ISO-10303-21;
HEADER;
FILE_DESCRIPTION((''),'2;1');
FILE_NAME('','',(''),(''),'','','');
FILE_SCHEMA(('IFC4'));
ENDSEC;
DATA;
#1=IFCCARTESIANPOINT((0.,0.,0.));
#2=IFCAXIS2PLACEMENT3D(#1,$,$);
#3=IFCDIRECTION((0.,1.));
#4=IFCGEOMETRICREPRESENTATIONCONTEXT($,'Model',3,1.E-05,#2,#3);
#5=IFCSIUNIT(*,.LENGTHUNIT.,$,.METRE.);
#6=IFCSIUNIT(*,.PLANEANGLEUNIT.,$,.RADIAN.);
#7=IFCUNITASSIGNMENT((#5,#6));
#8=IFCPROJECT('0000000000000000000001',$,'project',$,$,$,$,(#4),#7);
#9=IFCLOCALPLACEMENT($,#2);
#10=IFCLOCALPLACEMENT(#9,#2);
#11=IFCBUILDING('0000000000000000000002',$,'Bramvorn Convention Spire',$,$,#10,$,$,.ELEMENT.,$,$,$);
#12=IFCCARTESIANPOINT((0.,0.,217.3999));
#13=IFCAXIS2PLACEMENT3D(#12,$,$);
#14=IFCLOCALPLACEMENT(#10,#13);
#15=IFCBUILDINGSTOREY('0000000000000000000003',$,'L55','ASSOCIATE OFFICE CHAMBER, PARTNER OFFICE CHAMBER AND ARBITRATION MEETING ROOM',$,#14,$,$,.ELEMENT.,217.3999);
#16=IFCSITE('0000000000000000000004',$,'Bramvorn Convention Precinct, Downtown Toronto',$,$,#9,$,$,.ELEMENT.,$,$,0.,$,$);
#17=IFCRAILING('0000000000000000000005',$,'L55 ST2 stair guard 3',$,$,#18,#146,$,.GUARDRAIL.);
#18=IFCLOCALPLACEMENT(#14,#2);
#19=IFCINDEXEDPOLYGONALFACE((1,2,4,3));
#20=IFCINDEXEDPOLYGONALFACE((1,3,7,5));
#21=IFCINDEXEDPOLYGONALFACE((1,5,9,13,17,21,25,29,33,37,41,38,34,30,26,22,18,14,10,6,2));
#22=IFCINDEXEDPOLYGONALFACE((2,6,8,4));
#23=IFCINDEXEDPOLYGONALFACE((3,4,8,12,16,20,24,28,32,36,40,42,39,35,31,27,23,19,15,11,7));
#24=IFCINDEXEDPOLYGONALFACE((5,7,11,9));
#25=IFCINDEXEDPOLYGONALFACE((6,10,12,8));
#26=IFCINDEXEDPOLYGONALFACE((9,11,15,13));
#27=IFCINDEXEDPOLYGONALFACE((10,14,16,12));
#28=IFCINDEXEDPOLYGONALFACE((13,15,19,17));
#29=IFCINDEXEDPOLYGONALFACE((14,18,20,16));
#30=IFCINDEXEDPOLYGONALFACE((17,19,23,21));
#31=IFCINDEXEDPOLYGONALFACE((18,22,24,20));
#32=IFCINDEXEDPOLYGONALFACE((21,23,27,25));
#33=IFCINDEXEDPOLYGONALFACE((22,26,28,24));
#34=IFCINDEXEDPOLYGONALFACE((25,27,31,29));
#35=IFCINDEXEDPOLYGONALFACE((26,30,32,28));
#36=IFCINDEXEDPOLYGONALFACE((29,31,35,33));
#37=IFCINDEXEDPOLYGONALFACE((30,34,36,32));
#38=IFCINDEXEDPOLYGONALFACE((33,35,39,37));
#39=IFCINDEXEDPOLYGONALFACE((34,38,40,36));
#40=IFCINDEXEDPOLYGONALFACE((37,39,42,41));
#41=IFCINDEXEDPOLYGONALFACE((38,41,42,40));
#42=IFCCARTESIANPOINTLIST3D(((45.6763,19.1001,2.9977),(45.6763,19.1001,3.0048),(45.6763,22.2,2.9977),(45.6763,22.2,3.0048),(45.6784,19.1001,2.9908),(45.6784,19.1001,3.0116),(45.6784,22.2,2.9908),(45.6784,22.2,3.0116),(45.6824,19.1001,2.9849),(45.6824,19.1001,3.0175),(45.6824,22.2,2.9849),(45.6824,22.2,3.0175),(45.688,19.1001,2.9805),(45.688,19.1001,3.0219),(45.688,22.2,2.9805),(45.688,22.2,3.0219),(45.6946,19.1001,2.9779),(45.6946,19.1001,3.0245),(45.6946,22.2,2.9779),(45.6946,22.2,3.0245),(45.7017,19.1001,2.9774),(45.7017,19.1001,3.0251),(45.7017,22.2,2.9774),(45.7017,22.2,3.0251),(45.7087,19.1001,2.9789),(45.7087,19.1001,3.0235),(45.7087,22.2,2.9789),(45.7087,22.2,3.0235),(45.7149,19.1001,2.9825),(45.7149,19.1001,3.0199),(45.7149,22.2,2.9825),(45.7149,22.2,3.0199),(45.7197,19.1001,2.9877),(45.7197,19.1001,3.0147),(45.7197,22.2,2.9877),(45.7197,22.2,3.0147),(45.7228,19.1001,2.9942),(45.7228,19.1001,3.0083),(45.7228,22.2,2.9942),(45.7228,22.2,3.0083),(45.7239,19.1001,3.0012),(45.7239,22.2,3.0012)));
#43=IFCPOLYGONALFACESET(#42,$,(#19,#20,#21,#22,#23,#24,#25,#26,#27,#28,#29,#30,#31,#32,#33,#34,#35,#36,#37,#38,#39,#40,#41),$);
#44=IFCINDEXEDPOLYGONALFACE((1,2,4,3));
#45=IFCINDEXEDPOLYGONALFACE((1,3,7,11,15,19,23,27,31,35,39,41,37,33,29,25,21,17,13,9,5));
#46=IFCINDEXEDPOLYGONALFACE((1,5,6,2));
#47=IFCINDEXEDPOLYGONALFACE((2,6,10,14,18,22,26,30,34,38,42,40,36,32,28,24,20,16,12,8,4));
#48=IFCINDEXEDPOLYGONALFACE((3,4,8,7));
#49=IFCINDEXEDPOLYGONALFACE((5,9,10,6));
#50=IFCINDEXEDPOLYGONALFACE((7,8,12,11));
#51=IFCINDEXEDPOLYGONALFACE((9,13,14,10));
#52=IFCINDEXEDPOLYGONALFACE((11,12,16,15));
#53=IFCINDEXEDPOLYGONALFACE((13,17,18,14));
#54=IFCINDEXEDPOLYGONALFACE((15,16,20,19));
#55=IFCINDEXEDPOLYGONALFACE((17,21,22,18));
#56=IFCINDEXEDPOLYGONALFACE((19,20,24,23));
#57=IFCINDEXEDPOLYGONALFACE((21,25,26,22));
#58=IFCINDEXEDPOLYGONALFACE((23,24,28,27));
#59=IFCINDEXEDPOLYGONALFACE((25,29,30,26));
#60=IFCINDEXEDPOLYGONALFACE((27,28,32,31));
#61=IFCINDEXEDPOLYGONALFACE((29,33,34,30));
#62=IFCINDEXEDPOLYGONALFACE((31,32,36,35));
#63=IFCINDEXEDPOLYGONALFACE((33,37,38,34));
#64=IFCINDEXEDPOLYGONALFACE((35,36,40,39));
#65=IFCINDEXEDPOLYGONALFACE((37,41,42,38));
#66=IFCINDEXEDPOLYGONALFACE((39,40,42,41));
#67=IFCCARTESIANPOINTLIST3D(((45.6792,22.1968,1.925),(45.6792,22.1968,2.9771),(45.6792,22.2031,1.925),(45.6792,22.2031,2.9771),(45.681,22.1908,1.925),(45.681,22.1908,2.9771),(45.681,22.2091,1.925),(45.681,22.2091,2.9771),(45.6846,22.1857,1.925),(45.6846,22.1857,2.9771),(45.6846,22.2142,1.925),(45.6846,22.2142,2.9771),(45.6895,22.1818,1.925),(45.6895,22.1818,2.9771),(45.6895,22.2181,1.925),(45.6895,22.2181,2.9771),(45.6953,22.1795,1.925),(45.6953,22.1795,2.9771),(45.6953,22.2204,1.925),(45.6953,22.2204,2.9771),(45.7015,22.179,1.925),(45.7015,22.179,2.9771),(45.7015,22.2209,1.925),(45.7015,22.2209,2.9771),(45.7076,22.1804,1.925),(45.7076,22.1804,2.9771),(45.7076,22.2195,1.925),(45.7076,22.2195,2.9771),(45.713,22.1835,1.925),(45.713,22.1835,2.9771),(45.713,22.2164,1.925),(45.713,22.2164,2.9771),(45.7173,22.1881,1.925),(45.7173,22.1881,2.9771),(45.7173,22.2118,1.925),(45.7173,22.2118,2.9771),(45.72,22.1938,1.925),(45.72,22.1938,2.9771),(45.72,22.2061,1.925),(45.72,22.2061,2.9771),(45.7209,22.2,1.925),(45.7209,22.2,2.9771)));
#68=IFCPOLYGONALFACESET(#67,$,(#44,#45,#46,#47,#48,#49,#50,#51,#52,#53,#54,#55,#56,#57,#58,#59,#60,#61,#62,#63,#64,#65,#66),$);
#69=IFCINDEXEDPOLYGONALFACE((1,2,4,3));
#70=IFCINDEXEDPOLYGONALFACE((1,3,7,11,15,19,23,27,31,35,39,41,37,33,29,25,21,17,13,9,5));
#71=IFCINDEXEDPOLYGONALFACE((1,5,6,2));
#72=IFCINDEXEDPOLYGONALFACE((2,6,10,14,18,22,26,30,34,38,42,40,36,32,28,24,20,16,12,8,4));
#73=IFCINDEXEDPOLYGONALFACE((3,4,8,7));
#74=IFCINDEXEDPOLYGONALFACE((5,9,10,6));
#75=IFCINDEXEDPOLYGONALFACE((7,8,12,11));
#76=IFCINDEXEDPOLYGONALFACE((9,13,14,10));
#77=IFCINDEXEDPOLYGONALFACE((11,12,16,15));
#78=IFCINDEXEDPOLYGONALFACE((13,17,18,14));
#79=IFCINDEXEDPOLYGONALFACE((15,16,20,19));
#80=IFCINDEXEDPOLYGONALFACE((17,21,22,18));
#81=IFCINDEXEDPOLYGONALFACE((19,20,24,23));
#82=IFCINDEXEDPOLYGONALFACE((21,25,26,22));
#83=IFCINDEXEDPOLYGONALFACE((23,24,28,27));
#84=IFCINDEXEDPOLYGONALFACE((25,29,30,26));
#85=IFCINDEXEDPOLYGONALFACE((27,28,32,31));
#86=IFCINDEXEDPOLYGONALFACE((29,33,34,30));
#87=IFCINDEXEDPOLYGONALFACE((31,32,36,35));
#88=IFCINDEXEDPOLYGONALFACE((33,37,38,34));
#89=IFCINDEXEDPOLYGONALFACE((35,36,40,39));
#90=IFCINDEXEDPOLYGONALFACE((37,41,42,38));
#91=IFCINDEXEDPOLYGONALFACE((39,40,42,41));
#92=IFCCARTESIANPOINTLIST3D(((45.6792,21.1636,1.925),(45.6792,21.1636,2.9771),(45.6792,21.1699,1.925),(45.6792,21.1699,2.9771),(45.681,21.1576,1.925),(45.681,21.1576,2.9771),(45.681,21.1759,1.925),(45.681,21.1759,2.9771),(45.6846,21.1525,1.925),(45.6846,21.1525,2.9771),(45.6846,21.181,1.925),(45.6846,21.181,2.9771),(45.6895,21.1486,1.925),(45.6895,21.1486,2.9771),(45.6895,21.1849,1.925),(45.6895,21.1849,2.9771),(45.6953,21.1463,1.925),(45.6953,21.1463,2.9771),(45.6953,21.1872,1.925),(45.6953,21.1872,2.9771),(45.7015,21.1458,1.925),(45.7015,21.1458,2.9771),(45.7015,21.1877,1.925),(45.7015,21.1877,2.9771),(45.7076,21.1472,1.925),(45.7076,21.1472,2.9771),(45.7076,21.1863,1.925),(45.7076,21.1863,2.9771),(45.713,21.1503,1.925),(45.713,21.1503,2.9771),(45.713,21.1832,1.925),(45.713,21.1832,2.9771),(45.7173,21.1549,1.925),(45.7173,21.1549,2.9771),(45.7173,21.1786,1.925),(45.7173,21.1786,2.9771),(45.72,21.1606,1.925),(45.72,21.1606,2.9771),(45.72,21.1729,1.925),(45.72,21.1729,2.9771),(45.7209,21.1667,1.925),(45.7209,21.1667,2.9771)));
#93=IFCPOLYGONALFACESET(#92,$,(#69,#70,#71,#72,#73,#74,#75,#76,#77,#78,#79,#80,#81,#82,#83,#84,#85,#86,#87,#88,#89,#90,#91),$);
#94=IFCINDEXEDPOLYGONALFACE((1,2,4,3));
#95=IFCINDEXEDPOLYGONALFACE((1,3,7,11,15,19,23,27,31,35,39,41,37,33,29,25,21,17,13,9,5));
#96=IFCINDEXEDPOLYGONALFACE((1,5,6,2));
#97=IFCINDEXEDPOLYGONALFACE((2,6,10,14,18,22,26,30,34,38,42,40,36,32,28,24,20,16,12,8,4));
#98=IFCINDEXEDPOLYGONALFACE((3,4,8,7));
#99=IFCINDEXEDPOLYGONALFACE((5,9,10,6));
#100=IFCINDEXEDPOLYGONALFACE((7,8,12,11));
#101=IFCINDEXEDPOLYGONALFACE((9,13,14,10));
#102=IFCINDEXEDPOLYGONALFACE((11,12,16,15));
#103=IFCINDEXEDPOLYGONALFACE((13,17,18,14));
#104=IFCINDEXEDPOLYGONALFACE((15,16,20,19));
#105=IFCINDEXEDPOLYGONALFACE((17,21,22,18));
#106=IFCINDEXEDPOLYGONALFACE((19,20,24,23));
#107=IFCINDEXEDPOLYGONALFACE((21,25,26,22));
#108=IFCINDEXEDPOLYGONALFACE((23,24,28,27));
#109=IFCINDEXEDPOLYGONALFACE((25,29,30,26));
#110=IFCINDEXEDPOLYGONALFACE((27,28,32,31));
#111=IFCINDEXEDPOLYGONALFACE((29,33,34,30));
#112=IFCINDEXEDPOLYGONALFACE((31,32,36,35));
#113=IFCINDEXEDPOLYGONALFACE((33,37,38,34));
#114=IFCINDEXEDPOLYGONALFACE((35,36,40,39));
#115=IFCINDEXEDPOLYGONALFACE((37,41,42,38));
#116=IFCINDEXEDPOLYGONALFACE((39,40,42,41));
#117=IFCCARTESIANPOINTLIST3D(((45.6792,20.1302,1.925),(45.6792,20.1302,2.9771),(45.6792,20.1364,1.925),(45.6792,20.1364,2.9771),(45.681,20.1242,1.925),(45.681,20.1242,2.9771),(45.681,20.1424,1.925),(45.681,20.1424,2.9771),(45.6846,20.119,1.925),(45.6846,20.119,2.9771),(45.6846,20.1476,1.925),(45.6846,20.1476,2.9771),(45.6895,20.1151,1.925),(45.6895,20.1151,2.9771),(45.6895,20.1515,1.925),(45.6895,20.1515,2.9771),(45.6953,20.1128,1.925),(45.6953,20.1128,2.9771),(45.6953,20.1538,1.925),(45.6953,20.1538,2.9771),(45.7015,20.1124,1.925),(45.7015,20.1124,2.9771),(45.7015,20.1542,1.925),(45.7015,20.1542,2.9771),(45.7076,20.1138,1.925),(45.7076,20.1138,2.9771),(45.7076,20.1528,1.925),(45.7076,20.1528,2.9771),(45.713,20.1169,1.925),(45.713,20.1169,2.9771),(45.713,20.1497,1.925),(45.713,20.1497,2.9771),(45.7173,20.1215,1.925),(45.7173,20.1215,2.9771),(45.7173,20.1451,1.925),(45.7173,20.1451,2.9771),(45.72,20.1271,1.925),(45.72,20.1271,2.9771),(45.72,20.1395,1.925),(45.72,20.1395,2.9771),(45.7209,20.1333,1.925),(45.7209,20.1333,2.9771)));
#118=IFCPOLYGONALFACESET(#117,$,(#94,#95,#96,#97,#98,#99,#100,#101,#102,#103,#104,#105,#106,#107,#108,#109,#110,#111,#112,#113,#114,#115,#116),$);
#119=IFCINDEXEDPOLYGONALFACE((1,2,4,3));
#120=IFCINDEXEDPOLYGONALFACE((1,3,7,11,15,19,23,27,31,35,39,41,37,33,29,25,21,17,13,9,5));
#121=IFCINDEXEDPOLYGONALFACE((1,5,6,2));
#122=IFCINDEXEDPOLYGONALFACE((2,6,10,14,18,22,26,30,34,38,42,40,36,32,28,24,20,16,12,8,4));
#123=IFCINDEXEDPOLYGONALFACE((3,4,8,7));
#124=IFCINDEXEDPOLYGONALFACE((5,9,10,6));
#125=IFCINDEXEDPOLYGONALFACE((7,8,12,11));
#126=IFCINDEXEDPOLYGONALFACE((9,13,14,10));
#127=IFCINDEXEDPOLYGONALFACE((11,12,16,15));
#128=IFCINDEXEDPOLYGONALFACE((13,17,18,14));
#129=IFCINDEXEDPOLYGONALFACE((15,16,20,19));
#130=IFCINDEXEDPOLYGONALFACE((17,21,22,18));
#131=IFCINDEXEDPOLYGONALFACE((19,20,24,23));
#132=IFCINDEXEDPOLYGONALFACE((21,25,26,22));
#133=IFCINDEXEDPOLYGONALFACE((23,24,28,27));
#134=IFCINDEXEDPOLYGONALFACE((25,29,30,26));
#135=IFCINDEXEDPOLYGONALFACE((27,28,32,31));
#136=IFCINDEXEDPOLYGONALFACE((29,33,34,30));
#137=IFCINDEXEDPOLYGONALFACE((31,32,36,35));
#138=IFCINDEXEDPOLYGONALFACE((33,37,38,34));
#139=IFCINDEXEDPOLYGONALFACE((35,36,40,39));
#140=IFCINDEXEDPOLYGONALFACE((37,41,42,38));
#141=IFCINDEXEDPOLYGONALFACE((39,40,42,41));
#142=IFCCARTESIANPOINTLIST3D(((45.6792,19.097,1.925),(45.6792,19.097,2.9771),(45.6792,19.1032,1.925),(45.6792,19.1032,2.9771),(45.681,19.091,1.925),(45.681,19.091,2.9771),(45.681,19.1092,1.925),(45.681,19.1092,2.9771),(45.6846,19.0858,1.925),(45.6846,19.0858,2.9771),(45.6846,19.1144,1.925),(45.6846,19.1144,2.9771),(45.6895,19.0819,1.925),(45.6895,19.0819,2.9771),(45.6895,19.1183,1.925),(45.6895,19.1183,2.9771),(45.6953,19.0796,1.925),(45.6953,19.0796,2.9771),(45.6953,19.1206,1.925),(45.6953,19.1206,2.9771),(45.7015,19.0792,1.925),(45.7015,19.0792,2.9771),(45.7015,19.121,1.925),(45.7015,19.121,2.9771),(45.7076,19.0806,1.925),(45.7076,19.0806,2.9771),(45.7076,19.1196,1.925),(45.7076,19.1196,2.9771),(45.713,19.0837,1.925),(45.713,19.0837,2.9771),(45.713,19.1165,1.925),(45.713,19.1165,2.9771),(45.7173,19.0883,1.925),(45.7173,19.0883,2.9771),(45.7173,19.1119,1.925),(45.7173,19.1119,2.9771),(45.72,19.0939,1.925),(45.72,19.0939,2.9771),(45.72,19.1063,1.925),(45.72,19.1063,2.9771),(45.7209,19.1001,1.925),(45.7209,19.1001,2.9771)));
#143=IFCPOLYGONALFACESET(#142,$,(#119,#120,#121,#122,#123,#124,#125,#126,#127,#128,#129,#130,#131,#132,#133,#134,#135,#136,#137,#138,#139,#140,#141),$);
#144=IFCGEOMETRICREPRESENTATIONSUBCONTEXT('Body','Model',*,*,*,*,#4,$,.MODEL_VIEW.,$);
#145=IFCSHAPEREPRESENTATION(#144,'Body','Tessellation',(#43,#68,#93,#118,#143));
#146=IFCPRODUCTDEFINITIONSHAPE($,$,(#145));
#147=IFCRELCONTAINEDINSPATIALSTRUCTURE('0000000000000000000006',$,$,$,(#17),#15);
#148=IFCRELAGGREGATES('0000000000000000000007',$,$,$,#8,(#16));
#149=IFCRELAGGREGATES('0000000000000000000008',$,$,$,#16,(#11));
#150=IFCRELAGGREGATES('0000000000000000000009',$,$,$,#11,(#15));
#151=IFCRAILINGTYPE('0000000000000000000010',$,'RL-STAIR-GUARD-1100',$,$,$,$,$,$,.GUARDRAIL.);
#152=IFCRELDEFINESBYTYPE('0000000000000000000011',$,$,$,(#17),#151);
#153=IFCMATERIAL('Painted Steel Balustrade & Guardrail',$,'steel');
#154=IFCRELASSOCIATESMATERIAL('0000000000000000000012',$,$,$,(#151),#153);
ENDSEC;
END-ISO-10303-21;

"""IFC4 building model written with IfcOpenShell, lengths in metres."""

from ifc_helpers import new_model, si_unit, direction, frame, origin, origin_2d, place, context, subcontext, project, spatial, circle, extrude, material, type_object, element, save


model = new_model("IFC4")

# Units and contexts
model_context = context("Model", 3, precision=1e-05, world=origin(), true_north=direction((0.0, 1.0)))
body_context = subcontext(model_context, "Body", "Model", "MODEL_VIEW")
ifc_project = project(units=[si_unit("LENGTHUNIT", "METRE"), si_unit("PLANEANGLEUNIT", "RADIAN")], contexts=[model_context])

# Site, building, storey
site_placement = place(None, origin())
site = spatial("IfcSite", under=ifc_project, at=site_placement, Name="Bramvorn Convention Precinct, Downtown Toronto", CompositionType="ELEMENT", RefElevation=0.0)
building_placement = place(site_placement, origin())
building = spatial("IfcBuilding", under=site, at=building_placement, Name="Bramvorn Convention Spire", CompositionType="ELEMENT")
storey_placement = place(building_placement, frame((0.0, 0.0, 217.3999)))
storey = spatial("IfcBuildingStorey", under=building, at=storey_placement, Name="L55", Description="ASSOCIATE OFFICE CHAMBER, PARTNER OFFICE CHAMBER AND ARBITRATION MEETING ROOM", CompositionType="ELEMENT", Elevation=217.3999)

# Railing
ifc_material_1 = material(Name="Painted Steel Balustrade & Guardrail", Category="steel")
railing_type_1 = type_object("IfcRailingType", Name="RL-STAIR-GUARD-1100", PredefinedType="GUARDRAIL", material=ifc_material_1)
railing_1_placement = place(storey_placement, frame((45.7, 22.2, 1.925)))
element("IfcRailing", 1, at=railing_1_placement, inside=storey, type_object=railing_type_1, Name="L55 ST2 stair guard 3", PredefinedType="GUARDRAIL", context=body_context, shape_type="SweptSolid", body=[
    extrude(circle(Radius=0.0239, at=origin_2d()), frame((0.0, 0.0, 1.0762), z_axis=(0.0, -1.0, 0.0), x_axis=(1.0, 0.0, 0.0)), (0.0, 0.0, 1.0), 3.0999),
    extrude(circle(Radius=0.021, at=origin_2d()), origin(), (0.0, 0.0, 1.0), 1.052),
    extrude(circle(Radius=0.021, at=origin_2d()), frame((0.0, -1.0332, 0.0)), (0.0, 0.0, 1.0), 1.052),
    extrude(circle(Radius=0.021, at=origin_2d()), frame((0.0, -2.0667, 0.0)), (0.0, 0.0, 1.0), 1.052),
    extrude(circle(Radius=0.021, at=origin_2d()), frame((0.0, -3.0999, 0.0)), (0.0, 0.0, 1.0), 1.052),
])

save(model, "model.ifc")
